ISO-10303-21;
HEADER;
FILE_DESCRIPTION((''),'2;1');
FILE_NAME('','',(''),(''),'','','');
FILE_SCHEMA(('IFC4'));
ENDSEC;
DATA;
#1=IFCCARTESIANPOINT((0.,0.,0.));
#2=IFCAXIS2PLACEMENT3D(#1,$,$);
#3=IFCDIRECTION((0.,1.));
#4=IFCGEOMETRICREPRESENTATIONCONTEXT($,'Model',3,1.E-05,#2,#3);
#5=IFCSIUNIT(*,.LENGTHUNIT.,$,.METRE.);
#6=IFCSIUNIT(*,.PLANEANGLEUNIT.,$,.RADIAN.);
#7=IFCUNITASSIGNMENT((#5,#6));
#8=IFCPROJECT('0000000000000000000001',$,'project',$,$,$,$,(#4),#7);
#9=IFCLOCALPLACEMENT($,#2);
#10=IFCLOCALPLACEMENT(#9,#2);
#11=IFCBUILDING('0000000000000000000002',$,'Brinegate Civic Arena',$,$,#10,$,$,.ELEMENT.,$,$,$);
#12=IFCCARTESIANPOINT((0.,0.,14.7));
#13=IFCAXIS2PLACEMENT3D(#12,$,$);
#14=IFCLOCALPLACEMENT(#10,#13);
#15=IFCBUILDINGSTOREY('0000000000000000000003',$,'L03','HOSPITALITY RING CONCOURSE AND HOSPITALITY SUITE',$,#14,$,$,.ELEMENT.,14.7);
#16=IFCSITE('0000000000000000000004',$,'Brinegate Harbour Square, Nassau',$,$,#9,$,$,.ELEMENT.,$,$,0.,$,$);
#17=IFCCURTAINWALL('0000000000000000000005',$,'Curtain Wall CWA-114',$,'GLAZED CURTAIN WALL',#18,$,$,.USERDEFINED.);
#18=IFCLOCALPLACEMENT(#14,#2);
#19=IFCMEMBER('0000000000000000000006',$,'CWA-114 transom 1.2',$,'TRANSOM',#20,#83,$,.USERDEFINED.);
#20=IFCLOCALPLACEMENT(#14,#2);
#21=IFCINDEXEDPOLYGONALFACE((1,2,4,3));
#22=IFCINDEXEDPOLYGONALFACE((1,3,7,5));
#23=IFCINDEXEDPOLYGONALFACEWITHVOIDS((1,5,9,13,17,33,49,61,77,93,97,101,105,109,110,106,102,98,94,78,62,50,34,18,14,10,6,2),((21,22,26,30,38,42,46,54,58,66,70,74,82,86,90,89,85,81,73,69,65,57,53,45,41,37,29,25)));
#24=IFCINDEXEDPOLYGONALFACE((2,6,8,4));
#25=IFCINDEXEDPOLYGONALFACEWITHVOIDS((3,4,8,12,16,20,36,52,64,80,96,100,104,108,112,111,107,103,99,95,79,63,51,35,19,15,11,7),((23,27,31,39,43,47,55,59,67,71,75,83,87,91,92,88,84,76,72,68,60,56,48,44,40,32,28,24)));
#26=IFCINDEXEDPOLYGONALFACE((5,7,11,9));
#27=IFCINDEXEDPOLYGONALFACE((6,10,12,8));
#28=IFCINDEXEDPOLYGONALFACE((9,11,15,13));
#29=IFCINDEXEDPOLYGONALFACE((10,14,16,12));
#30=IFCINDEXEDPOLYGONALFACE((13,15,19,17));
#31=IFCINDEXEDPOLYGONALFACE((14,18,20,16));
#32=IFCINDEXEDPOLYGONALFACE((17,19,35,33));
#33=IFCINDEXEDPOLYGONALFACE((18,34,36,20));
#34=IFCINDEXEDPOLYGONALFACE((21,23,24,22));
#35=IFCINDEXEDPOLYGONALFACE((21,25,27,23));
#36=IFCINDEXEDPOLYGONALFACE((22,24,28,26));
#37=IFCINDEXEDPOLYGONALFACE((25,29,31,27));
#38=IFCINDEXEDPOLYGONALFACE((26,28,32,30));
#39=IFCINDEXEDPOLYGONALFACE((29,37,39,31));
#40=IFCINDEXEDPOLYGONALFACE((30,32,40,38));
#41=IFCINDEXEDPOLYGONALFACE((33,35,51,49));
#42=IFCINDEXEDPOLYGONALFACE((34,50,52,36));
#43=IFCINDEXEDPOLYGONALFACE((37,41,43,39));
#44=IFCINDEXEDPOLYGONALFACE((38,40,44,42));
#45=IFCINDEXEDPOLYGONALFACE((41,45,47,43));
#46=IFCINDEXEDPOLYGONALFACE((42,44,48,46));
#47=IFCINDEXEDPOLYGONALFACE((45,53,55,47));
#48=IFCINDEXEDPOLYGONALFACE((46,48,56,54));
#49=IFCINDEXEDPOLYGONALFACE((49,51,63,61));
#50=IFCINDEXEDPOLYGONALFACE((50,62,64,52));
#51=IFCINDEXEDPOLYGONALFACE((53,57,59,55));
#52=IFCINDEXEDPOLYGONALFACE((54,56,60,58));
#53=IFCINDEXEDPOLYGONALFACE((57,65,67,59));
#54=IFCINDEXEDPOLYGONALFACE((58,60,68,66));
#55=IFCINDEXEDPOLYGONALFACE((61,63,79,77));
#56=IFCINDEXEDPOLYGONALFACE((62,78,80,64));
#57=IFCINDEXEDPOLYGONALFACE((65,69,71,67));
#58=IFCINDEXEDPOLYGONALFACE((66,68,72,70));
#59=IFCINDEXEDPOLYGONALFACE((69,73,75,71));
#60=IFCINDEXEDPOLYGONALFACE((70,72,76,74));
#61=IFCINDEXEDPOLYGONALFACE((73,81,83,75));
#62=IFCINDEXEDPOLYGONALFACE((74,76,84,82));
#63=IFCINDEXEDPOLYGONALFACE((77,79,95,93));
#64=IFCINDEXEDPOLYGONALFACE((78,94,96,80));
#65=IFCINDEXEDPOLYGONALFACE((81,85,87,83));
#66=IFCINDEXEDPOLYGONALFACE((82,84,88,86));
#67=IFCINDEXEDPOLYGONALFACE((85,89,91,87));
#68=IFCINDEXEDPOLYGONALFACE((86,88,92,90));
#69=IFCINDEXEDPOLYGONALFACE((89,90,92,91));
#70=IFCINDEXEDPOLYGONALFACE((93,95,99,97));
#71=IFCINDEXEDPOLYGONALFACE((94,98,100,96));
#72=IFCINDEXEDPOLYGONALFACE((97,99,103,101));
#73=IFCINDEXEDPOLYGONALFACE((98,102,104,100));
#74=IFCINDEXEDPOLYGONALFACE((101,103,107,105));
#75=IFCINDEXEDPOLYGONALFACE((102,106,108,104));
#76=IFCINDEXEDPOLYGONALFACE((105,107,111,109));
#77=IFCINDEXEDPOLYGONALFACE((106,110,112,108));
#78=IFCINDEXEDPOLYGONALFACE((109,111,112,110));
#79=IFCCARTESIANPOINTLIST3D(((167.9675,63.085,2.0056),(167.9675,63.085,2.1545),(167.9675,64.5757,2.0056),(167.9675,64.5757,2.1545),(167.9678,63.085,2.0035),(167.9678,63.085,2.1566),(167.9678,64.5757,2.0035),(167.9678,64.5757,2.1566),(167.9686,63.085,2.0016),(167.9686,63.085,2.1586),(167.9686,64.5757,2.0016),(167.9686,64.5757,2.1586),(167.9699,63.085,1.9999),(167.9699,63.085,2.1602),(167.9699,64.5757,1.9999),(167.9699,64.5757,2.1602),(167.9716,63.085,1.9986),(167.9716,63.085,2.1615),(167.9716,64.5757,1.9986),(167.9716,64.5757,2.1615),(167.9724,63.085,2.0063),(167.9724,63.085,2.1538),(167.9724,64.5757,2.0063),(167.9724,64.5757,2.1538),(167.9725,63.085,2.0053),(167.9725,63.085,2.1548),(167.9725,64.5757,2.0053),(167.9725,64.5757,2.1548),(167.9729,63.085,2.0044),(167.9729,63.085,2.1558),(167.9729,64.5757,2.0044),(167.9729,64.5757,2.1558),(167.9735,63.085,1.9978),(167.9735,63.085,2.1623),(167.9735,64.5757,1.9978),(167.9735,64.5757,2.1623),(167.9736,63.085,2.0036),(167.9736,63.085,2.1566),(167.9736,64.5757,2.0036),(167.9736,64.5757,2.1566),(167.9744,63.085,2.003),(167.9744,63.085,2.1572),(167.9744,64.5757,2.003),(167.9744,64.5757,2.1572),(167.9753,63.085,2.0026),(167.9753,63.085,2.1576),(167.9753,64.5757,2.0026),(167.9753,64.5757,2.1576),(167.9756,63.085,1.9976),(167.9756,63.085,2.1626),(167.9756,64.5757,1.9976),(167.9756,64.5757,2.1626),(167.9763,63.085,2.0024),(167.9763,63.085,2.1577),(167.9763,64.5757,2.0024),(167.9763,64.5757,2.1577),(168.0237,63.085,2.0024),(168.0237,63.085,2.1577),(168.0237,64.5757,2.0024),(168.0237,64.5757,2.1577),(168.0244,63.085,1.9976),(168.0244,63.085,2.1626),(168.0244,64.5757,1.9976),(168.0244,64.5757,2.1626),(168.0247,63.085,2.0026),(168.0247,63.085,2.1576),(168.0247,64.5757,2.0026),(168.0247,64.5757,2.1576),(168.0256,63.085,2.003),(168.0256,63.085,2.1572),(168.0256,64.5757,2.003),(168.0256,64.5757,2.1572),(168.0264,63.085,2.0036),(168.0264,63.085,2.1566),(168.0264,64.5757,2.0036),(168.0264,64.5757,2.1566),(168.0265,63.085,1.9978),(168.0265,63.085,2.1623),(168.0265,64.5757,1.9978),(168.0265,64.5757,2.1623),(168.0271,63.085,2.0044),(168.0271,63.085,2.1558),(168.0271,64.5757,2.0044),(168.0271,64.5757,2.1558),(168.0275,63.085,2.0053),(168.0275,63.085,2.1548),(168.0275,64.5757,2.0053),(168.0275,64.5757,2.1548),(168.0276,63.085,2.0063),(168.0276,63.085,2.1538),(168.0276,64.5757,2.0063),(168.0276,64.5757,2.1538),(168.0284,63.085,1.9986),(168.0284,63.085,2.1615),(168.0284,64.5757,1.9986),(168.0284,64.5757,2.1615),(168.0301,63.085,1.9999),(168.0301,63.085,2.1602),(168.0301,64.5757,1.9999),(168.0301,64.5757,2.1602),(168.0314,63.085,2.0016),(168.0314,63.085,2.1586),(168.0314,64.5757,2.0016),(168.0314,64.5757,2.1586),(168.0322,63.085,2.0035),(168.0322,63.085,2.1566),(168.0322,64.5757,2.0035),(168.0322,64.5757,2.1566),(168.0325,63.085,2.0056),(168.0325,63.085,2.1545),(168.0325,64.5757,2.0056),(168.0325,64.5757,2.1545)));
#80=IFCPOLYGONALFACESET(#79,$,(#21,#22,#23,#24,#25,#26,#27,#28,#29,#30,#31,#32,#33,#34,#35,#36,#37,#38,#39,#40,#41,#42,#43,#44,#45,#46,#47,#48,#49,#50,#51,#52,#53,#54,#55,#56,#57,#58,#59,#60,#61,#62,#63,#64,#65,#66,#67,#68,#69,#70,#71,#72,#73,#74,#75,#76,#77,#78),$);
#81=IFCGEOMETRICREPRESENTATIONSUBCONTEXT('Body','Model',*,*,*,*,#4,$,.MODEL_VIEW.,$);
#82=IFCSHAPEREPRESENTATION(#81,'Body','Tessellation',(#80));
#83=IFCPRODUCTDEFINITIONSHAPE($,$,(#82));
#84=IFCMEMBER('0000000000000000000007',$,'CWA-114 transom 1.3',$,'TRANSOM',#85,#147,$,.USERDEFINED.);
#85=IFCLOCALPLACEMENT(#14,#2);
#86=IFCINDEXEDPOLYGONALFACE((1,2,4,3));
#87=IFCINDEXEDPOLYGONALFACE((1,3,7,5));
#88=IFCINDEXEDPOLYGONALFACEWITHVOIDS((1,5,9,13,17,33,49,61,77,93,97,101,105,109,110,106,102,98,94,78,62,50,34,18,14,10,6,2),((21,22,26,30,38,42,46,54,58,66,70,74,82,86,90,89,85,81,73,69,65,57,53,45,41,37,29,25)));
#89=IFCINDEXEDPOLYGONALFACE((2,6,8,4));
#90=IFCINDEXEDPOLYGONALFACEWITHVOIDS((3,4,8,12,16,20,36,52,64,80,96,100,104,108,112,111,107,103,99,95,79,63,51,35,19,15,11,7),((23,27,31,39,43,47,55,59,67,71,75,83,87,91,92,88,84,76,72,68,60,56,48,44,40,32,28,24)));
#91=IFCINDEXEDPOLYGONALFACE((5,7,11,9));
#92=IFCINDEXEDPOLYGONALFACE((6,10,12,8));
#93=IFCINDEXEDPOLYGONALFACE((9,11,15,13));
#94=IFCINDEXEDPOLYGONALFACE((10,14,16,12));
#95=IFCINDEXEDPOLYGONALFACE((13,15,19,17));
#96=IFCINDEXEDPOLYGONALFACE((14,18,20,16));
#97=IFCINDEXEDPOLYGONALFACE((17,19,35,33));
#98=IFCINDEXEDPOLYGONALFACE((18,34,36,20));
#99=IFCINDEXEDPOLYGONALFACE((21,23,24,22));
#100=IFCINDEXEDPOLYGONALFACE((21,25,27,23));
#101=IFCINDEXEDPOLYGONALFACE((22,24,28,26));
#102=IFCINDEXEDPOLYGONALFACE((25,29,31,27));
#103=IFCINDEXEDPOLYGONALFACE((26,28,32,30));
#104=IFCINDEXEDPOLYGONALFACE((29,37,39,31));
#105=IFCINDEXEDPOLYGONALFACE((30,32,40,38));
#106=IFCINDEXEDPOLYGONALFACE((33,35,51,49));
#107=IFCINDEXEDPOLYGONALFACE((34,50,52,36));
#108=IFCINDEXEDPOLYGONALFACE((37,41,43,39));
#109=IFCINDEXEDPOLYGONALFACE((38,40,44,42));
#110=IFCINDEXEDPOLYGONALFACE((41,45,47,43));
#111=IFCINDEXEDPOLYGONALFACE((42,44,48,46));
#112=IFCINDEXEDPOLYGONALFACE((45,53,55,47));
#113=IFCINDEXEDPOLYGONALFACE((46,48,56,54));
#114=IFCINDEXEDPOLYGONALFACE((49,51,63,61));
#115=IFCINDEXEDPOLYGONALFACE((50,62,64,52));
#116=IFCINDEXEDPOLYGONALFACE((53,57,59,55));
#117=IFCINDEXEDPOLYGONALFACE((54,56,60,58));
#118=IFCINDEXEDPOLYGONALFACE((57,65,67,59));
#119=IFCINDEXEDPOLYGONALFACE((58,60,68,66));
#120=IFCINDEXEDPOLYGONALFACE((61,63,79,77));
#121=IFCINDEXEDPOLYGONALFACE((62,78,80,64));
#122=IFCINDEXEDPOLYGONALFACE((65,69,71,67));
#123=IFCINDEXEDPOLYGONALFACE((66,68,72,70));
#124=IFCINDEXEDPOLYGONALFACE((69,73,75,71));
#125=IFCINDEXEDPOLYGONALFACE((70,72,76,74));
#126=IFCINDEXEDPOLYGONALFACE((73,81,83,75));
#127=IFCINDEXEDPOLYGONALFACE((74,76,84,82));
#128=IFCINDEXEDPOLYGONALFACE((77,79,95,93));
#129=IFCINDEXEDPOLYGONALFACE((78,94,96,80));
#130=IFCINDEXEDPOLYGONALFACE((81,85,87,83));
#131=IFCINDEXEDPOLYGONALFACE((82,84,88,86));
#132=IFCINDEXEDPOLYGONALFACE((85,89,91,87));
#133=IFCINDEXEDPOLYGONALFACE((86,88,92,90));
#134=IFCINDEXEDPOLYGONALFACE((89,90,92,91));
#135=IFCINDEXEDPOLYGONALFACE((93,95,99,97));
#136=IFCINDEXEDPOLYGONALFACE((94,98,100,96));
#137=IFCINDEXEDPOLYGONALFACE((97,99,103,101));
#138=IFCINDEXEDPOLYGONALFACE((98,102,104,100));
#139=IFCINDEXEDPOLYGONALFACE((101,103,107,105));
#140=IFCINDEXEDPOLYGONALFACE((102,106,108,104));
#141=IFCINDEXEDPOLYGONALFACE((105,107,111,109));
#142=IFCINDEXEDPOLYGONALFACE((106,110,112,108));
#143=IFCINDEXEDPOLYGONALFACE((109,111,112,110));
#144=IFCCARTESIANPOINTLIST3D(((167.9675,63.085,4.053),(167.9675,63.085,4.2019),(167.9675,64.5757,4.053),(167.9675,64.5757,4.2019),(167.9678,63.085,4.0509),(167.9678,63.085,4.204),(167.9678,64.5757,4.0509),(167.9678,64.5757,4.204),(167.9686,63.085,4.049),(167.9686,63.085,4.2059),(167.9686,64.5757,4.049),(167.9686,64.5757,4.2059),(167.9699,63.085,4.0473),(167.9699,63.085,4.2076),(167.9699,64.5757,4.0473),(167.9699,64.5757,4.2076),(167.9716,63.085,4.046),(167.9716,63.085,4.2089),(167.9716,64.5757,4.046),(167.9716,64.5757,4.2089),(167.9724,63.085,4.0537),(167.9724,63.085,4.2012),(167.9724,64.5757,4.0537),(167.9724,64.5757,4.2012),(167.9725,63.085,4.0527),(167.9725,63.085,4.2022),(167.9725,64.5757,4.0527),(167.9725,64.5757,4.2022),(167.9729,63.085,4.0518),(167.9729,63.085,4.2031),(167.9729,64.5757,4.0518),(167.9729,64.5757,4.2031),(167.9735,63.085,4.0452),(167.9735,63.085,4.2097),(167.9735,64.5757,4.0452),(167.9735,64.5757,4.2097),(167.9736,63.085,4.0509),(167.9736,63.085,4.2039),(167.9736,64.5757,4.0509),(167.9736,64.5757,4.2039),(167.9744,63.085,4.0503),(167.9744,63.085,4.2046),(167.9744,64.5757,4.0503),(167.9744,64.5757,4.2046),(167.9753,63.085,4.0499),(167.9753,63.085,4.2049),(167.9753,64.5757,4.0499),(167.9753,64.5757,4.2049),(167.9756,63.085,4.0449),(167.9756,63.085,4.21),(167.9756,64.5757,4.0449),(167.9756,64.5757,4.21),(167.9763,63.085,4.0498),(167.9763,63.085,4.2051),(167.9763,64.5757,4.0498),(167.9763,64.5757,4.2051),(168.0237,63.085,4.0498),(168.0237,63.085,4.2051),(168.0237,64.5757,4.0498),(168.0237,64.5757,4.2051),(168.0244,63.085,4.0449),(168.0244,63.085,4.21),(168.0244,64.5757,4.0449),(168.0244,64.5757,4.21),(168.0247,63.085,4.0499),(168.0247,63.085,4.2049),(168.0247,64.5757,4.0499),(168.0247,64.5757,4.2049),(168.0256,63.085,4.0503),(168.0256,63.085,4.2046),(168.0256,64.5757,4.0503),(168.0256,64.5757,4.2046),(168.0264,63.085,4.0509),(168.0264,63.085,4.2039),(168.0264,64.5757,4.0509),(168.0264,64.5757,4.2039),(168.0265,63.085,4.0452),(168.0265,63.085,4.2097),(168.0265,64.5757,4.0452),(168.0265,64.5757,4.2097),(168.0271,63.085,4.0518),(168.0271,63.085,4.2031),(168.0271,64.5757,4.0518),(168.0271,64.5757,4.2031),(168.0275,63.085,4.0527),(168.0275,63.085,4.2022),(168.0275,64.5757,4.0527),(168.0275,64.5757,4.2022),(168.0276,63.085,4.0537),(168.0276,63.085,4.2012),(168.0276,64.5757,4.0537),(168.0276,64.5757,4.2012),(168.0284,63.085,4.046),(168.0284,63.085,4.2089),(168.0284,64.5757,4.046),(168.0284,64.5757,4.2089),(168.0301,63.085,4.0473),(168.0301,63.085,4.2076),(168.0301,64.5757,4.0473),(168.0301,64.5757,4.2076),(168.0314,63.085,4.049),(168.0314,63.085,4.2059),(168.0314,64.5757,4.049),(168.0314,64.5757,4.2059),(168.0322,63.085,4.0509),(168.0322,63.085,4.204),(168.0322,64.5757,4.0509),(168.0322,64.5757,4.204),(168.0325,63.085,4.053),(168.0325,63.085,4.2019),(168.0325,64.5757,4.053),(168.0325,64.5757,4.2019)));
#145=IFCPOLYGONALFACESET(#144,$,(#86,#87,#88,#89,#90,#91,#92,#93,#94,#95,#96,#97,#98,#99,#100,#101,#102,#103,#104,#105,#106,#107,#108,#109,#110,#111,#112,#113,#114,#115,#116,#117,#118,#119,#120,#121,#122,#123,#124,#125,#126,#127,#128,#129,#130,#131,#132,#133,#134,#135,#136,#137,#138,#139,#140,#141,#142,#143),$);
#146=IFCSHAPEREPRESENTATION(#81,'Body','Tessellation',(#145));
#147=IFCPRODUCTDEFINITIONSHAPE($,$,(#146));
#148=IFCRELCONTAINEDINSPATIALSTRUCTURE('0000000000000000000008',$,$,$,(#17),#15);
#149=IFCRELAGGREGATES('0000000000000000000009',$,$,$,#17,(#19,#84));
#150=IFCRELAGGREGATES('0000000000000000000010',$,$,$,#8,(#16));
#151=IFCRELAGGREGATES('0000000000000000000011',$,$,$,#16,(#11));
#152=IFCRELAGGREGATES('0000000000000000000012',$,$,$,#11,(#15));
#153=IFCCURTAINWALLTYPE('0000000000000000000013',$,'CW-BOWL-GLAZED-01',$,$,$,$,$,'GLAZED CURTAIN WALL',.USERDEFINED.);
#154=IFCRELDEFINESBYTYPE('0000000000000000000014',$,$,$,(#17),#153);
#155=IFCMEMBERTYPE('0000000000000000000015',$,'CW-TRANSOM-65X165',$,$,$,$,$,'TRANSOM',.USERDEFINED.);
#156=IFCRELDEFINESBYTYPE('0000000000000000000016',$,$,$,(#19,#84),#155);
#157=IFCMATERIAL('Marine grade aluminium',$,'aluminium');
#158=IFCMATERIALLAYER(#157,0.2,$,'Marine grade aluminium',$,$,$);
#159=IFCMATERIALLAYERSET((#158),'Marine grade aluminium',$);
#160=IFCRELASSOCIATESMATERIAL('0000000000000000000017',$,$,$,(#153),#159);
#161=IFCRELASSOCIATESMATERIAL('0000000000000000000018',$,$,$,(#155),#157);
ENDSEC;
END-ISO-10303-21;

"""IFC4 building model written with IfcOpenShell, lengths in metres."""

from ifc_helpers import new_model, si_unit, direction, frame, origin, origin_2d, place, context, subcontext, project, spatial, hollow_rectangle, extrude, material, layer, layer_set, material_profile, profile_set, type_object, element, aggregate, save


model = new_model("IFC4")

# Units and contexts
model_context = context("Model", 3, precision=1e-05, world=origin(), true_north=direction((0.0, 1.0)))
body_context = subcontext(model_context, "Body", "Model", "MODEL_VIEW")
ifc_project = project(units=[si_unit("LENGTHUNIT", "METRE"), si_unit("PLANEANGLEUNIT", "RADIAN")], contexts=[model_context])

# Site, building, storey
site_placement = place(None, origin())
site = spatial("IfcSite", under=ifc_project, at=site_placement, Name="Brinegate Harbour Square, Nassau", CompositionType="ELEMENT", RefElevation=0.0)
building_placement = place(site_placement, origin())
building = spatial("IfcBuilding", under=site, at=building_placement, Name="Brinegate Civic Arena", CompositionType="ELEMENT")
storey_placement = place(building_placement, frame((0.0, 0.0, 14.7)))
storey = spatial("IfcBuildingStorey", under=building, at=storey_placement, Name="L03", Description="HOSPITALITY RING CONCOURSE AND HOSPITALITY SUITE", CompositionType="ELEMENT", Elevation=14.7)

# Curtain wall, members
ifc_material_1 = material(Name="Marine grade aluminium", Category="aluminium")
ifc_layer_1 = layer(ifc_material_1, 0.2, Name="Marine grade aluminium")
ifc_layer_set_1 = layer_set([ifc_layer_1], Name="Marine grade aluminium")
curtain_wall_type = type_object("IfcCurtainWallType", Name="CW-BOWL-GLAZED-01", ElementType="GLAZED CURTAIN WALL", PredefinedType="USERDEFINED", material=ifc_layer_set_1)
curtain_wall_placement = place(storey_placement, origin())
curtain_wall = element("IfcCurtainWall", 1, at=curtain_wall_placement, inside=storey, type_object=curtain_wall_type, Name="Curtain Wall CWA-114", ObjectType="GLAZED CURTAIN WALL", PredefinedType="USERDEFINED")
ifc_material_profile_1 = material_profile(ifc_material_1, hollow_rectangle(XDim=0.0649, YDim=0.165, WallThickness=0.0049, InnerFilletRadius=0.0039, OuterFilletRadius=0.0081, at=origin_2d()), Name="TRN65X165")
ifc_profile_set_1 = profile_set([ifc_material_profile_1], Name="Marine grade aluminium")
member_type_1 = type_object("IfcMemberType", Name="CW-TRANSOM-65X165", ElementType="TRANSOM", PredefinedType="USERDEFINED", material=ifc_profile_set_1)
member_1_placement = place(storey_placement, frame((168.0, 63.085, 2.0801), z_axis=(0.0, 1.0, 0.0), x_axis=(-1.0, 0.0, 0.0)))
member_1 = element("IfcMember", 2, at=member_1_placement, type_object=member_type_1, Name="CWA-114 transom 1.2", ObjectType="TRANSOM", PredefinedType="USERDEFINED", context=body_context, shape_type="SweptSolid", body=[
    extrude(hollow_rectangle(XDim=0.0649, YDim=0.165, WallThickness=0.0049, InnerFilletRadius=0.0039, OuterFilletRadius=0.0081, at=origin_2d()), origin(), (0.0, 0.0, 1.0), 1.4907),
])
member_2_placement = place(storey_placement, frame((168.0, 63.085, 4.1274), z_axis=(0.0, 1.0, 0.0), x_axis=(-1.0, 0.0, 0.0)))
member_2 = element("IfcMember", 3, at=member_2_placement, type_object=member_type_1, Name="CWA-114 transom 1.3", ObjectType="TRANSOM", PredefinedType="USERDEFINED", context=body_context, shape_type="SweptSolid", body=[
    extrude(hollow_rectangle(XDim=0.0649, YDim=0.165, WallThickness=0.0049, InnerFilletRadius=0.0039, OuterFilletRadius=0.0081, at=origin_2d()), origin(), (0.0, 0.0, 1.0), 1.4907),
])

aggregate(curtain_wall, [member_1, member_2])

save(model, "model.ifc")
